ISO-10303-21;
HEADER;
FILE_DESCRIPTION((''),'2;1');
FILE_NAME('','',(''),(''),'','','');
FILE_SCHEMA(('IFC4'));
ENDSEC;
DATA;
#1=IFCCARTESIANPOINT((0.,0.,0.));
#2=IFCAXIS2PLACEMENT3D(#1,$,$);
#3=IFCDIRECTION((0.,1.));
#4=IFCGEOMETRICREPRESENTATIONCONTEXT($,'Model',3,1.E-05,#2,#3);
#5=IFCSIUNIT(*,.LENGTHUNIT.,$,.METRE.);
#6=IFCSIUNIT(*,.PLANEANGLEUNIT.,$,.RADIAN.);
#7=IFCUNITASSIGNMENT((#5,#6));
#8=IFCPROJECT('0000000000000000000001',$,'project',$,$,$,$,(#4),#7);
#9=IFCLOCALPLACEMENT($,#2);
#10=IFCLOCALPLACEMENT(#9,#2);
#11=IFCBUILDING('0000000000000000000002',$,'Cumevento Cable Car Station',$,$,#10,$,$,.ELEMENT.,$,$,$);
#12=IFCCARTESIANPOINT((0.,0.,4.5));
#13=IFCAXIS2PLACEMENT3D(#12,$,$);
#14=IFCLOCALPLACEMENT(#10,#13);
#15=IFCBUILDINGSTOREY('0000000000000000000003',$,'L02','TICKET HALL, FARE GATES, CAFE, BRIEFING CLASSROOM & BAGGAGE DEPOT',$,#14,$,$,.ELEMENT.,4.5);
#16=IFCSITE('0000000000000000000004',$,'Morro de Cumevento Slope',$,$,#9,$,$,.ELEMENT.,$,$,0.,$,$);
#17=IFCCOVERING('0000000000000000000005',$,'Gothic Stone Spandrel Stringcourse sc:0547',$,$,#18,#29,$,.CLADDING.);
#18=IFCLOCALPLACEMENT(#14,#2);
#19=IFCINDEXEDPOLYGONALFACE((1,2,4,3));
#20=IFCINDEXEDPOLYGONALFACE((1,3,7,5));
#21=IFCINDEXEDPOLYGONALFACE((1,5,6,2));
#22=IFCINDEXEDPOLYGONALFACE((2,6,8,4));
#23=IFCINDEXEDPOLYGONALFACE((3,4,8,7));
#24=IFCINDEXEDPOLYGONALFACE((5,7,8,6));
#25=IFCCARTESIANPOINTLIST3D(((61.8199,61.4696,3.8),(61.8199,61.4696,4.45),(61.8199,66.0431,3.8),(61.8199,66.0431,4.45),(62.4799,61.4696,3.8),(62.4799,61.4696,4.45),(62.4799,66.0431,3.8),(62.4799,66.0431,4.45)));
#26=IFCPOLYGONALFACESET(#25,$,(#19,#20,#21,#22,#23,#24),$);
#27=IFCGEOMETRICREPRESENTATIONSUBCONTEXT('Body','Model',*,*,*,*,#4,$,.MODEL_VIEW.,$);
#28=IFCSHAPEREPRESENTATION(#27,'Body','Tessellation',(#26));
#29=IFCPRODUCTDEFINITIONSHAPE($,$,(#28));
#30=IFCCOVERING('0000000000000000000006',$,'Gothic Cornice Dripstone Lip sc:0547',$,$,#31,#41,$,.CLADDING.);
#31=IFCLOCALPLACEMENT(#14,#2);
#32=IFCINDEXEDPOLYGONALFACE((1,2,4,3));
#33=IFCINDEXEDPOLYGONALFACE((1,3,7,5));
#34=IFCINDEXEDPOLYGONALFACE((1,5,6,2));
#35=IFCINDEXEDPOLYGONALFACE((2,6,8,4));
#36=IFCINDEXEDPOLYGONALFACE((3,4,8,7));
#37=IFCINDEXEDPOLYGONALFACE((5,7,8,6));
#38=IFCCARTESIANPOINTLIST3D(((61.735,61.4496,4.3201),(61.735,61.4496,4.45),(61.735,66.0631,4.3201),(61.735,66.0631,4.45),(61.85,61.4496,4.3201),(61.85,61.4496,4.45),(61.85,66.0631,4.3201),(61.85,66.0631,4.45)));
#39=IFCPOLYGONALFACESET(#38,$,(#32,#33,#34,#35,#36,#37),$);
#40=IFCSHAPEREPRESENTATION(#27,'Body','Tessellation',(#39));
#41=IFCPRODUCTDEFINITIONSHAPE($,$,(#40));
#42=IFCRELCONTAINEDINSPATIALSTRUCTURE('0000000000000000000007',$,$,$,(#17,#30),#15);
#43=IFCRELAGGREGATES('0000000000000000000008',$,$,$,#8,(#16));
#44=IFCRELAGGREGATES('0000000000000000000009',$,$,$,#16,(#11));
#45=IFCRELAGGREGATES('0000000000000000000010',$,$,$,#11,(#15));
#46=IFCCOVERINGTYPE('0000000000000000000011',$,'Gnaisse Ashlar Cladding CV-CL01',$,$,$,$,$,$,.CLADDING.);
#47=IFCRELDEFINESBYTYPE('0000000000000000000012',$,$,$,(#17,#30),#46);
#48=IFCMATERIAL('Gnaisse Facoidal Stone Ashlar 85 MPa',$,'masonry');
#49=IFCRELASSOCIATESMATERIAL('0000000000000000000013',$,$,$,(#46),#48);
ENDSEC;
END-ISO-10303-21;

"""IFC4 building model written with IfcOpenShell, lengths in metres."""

from ifc_helpers import new_model, si_unit, direction, frame, origin, origin_2d, place, context, subcontext, project, spatial, rectangle, extrude, material, type_object, element, save


model = new_model("IFC4")

# Units and contexts
model_context = context("Model", 3, precision=1e-05, world=origin(), true_north=direction((0.0, 1.0)))
body_context = subcontext(model_context, "Body", "Model", "MODEL_VIEW")
ifc_project = project(units=[si_unit("LENGTHUNIT", "METRE"), si_unit("PLANEANGLEUNIT", "RADIAN")], contexts=[model_context])

# Site, building, storey
site_placement = place(None, origin())
site = spatial("IfcSite", under=ifc_project, at=site_placement, Name="Morro de Cumevento Slope", CompositionType="ELEMENT", RefElevation=0.0)
building_placement = place(site_placement, origin())
building = spatial("IfcBuilding", under=site, at=building_placement, Name="Cumevento Cable Car Station", CompositionType="ELEMENT")
storey_placement = place(building_placement, frame((0.0, 0.0, 4.5)))
storey = spatial("IfcBuildingStorey", under=building, at=storey_placement, Name="L02", Description="TICKET HALL, FARE GATES, CAFE, BRIEFING CLASSROOM & BAGGAGE DEPOT", CompositionType="ELEMENT", Elevation=4.5)

# Coverings
ifc_material_1 = material(Name="Gnaisse Facoidal Stone Ashlar 85 MPa", Category="masonry")
covering_type = type_object("IfcCoveringType", Name="Gnaisse Ashlar Cladding CV-CL01", PredefinedType="CLADDING", material=ifc_material_1)
covering_1_placement = place(storey_placement, frame((62.1499, 63.7563, 3.8), z_axis=(0.0, 0.0, 1.0), x_axis=(0.0, 1.0, 0.0)))
element("IfcCovering", 1, at=covering_1_placement, inside=storey, type_object=covering_type, Name="Gothic Stone Spandrel Stringcourse sc:0547", PredefinedType="CLADDING", context=body_context, shape_type="SweptSolid", body=[
    extrude(rectangle(XDim=4.5735, YDim=0.6599, at=origin_2d()), origin(), (0.0, 0.0, 1.0), 0.6499),
])
covering_2_placement = place(storey_placement, frame((61.7925, 63.7563, 4.3201), z_axis=(0.0, 0.0, 1.0), x_axis=(0.0, 1.0, 0.0)))
element("IfcCovering", 2, at=covering_2_placement, inside=storey, type_object=covering_type, Name="Gothic Cornice Dripstone Lip sc:0547", PredefinedType="CLADDING", context=body_context, shape_type="SweptSolid", body=[
    extrude(rectangle(XDim=4.6135, YDim=0.115, at=origin_2d()), origin(), (0.0, 0.0, 1.0), 0.1299),
])

save(model, "model.ifc")
